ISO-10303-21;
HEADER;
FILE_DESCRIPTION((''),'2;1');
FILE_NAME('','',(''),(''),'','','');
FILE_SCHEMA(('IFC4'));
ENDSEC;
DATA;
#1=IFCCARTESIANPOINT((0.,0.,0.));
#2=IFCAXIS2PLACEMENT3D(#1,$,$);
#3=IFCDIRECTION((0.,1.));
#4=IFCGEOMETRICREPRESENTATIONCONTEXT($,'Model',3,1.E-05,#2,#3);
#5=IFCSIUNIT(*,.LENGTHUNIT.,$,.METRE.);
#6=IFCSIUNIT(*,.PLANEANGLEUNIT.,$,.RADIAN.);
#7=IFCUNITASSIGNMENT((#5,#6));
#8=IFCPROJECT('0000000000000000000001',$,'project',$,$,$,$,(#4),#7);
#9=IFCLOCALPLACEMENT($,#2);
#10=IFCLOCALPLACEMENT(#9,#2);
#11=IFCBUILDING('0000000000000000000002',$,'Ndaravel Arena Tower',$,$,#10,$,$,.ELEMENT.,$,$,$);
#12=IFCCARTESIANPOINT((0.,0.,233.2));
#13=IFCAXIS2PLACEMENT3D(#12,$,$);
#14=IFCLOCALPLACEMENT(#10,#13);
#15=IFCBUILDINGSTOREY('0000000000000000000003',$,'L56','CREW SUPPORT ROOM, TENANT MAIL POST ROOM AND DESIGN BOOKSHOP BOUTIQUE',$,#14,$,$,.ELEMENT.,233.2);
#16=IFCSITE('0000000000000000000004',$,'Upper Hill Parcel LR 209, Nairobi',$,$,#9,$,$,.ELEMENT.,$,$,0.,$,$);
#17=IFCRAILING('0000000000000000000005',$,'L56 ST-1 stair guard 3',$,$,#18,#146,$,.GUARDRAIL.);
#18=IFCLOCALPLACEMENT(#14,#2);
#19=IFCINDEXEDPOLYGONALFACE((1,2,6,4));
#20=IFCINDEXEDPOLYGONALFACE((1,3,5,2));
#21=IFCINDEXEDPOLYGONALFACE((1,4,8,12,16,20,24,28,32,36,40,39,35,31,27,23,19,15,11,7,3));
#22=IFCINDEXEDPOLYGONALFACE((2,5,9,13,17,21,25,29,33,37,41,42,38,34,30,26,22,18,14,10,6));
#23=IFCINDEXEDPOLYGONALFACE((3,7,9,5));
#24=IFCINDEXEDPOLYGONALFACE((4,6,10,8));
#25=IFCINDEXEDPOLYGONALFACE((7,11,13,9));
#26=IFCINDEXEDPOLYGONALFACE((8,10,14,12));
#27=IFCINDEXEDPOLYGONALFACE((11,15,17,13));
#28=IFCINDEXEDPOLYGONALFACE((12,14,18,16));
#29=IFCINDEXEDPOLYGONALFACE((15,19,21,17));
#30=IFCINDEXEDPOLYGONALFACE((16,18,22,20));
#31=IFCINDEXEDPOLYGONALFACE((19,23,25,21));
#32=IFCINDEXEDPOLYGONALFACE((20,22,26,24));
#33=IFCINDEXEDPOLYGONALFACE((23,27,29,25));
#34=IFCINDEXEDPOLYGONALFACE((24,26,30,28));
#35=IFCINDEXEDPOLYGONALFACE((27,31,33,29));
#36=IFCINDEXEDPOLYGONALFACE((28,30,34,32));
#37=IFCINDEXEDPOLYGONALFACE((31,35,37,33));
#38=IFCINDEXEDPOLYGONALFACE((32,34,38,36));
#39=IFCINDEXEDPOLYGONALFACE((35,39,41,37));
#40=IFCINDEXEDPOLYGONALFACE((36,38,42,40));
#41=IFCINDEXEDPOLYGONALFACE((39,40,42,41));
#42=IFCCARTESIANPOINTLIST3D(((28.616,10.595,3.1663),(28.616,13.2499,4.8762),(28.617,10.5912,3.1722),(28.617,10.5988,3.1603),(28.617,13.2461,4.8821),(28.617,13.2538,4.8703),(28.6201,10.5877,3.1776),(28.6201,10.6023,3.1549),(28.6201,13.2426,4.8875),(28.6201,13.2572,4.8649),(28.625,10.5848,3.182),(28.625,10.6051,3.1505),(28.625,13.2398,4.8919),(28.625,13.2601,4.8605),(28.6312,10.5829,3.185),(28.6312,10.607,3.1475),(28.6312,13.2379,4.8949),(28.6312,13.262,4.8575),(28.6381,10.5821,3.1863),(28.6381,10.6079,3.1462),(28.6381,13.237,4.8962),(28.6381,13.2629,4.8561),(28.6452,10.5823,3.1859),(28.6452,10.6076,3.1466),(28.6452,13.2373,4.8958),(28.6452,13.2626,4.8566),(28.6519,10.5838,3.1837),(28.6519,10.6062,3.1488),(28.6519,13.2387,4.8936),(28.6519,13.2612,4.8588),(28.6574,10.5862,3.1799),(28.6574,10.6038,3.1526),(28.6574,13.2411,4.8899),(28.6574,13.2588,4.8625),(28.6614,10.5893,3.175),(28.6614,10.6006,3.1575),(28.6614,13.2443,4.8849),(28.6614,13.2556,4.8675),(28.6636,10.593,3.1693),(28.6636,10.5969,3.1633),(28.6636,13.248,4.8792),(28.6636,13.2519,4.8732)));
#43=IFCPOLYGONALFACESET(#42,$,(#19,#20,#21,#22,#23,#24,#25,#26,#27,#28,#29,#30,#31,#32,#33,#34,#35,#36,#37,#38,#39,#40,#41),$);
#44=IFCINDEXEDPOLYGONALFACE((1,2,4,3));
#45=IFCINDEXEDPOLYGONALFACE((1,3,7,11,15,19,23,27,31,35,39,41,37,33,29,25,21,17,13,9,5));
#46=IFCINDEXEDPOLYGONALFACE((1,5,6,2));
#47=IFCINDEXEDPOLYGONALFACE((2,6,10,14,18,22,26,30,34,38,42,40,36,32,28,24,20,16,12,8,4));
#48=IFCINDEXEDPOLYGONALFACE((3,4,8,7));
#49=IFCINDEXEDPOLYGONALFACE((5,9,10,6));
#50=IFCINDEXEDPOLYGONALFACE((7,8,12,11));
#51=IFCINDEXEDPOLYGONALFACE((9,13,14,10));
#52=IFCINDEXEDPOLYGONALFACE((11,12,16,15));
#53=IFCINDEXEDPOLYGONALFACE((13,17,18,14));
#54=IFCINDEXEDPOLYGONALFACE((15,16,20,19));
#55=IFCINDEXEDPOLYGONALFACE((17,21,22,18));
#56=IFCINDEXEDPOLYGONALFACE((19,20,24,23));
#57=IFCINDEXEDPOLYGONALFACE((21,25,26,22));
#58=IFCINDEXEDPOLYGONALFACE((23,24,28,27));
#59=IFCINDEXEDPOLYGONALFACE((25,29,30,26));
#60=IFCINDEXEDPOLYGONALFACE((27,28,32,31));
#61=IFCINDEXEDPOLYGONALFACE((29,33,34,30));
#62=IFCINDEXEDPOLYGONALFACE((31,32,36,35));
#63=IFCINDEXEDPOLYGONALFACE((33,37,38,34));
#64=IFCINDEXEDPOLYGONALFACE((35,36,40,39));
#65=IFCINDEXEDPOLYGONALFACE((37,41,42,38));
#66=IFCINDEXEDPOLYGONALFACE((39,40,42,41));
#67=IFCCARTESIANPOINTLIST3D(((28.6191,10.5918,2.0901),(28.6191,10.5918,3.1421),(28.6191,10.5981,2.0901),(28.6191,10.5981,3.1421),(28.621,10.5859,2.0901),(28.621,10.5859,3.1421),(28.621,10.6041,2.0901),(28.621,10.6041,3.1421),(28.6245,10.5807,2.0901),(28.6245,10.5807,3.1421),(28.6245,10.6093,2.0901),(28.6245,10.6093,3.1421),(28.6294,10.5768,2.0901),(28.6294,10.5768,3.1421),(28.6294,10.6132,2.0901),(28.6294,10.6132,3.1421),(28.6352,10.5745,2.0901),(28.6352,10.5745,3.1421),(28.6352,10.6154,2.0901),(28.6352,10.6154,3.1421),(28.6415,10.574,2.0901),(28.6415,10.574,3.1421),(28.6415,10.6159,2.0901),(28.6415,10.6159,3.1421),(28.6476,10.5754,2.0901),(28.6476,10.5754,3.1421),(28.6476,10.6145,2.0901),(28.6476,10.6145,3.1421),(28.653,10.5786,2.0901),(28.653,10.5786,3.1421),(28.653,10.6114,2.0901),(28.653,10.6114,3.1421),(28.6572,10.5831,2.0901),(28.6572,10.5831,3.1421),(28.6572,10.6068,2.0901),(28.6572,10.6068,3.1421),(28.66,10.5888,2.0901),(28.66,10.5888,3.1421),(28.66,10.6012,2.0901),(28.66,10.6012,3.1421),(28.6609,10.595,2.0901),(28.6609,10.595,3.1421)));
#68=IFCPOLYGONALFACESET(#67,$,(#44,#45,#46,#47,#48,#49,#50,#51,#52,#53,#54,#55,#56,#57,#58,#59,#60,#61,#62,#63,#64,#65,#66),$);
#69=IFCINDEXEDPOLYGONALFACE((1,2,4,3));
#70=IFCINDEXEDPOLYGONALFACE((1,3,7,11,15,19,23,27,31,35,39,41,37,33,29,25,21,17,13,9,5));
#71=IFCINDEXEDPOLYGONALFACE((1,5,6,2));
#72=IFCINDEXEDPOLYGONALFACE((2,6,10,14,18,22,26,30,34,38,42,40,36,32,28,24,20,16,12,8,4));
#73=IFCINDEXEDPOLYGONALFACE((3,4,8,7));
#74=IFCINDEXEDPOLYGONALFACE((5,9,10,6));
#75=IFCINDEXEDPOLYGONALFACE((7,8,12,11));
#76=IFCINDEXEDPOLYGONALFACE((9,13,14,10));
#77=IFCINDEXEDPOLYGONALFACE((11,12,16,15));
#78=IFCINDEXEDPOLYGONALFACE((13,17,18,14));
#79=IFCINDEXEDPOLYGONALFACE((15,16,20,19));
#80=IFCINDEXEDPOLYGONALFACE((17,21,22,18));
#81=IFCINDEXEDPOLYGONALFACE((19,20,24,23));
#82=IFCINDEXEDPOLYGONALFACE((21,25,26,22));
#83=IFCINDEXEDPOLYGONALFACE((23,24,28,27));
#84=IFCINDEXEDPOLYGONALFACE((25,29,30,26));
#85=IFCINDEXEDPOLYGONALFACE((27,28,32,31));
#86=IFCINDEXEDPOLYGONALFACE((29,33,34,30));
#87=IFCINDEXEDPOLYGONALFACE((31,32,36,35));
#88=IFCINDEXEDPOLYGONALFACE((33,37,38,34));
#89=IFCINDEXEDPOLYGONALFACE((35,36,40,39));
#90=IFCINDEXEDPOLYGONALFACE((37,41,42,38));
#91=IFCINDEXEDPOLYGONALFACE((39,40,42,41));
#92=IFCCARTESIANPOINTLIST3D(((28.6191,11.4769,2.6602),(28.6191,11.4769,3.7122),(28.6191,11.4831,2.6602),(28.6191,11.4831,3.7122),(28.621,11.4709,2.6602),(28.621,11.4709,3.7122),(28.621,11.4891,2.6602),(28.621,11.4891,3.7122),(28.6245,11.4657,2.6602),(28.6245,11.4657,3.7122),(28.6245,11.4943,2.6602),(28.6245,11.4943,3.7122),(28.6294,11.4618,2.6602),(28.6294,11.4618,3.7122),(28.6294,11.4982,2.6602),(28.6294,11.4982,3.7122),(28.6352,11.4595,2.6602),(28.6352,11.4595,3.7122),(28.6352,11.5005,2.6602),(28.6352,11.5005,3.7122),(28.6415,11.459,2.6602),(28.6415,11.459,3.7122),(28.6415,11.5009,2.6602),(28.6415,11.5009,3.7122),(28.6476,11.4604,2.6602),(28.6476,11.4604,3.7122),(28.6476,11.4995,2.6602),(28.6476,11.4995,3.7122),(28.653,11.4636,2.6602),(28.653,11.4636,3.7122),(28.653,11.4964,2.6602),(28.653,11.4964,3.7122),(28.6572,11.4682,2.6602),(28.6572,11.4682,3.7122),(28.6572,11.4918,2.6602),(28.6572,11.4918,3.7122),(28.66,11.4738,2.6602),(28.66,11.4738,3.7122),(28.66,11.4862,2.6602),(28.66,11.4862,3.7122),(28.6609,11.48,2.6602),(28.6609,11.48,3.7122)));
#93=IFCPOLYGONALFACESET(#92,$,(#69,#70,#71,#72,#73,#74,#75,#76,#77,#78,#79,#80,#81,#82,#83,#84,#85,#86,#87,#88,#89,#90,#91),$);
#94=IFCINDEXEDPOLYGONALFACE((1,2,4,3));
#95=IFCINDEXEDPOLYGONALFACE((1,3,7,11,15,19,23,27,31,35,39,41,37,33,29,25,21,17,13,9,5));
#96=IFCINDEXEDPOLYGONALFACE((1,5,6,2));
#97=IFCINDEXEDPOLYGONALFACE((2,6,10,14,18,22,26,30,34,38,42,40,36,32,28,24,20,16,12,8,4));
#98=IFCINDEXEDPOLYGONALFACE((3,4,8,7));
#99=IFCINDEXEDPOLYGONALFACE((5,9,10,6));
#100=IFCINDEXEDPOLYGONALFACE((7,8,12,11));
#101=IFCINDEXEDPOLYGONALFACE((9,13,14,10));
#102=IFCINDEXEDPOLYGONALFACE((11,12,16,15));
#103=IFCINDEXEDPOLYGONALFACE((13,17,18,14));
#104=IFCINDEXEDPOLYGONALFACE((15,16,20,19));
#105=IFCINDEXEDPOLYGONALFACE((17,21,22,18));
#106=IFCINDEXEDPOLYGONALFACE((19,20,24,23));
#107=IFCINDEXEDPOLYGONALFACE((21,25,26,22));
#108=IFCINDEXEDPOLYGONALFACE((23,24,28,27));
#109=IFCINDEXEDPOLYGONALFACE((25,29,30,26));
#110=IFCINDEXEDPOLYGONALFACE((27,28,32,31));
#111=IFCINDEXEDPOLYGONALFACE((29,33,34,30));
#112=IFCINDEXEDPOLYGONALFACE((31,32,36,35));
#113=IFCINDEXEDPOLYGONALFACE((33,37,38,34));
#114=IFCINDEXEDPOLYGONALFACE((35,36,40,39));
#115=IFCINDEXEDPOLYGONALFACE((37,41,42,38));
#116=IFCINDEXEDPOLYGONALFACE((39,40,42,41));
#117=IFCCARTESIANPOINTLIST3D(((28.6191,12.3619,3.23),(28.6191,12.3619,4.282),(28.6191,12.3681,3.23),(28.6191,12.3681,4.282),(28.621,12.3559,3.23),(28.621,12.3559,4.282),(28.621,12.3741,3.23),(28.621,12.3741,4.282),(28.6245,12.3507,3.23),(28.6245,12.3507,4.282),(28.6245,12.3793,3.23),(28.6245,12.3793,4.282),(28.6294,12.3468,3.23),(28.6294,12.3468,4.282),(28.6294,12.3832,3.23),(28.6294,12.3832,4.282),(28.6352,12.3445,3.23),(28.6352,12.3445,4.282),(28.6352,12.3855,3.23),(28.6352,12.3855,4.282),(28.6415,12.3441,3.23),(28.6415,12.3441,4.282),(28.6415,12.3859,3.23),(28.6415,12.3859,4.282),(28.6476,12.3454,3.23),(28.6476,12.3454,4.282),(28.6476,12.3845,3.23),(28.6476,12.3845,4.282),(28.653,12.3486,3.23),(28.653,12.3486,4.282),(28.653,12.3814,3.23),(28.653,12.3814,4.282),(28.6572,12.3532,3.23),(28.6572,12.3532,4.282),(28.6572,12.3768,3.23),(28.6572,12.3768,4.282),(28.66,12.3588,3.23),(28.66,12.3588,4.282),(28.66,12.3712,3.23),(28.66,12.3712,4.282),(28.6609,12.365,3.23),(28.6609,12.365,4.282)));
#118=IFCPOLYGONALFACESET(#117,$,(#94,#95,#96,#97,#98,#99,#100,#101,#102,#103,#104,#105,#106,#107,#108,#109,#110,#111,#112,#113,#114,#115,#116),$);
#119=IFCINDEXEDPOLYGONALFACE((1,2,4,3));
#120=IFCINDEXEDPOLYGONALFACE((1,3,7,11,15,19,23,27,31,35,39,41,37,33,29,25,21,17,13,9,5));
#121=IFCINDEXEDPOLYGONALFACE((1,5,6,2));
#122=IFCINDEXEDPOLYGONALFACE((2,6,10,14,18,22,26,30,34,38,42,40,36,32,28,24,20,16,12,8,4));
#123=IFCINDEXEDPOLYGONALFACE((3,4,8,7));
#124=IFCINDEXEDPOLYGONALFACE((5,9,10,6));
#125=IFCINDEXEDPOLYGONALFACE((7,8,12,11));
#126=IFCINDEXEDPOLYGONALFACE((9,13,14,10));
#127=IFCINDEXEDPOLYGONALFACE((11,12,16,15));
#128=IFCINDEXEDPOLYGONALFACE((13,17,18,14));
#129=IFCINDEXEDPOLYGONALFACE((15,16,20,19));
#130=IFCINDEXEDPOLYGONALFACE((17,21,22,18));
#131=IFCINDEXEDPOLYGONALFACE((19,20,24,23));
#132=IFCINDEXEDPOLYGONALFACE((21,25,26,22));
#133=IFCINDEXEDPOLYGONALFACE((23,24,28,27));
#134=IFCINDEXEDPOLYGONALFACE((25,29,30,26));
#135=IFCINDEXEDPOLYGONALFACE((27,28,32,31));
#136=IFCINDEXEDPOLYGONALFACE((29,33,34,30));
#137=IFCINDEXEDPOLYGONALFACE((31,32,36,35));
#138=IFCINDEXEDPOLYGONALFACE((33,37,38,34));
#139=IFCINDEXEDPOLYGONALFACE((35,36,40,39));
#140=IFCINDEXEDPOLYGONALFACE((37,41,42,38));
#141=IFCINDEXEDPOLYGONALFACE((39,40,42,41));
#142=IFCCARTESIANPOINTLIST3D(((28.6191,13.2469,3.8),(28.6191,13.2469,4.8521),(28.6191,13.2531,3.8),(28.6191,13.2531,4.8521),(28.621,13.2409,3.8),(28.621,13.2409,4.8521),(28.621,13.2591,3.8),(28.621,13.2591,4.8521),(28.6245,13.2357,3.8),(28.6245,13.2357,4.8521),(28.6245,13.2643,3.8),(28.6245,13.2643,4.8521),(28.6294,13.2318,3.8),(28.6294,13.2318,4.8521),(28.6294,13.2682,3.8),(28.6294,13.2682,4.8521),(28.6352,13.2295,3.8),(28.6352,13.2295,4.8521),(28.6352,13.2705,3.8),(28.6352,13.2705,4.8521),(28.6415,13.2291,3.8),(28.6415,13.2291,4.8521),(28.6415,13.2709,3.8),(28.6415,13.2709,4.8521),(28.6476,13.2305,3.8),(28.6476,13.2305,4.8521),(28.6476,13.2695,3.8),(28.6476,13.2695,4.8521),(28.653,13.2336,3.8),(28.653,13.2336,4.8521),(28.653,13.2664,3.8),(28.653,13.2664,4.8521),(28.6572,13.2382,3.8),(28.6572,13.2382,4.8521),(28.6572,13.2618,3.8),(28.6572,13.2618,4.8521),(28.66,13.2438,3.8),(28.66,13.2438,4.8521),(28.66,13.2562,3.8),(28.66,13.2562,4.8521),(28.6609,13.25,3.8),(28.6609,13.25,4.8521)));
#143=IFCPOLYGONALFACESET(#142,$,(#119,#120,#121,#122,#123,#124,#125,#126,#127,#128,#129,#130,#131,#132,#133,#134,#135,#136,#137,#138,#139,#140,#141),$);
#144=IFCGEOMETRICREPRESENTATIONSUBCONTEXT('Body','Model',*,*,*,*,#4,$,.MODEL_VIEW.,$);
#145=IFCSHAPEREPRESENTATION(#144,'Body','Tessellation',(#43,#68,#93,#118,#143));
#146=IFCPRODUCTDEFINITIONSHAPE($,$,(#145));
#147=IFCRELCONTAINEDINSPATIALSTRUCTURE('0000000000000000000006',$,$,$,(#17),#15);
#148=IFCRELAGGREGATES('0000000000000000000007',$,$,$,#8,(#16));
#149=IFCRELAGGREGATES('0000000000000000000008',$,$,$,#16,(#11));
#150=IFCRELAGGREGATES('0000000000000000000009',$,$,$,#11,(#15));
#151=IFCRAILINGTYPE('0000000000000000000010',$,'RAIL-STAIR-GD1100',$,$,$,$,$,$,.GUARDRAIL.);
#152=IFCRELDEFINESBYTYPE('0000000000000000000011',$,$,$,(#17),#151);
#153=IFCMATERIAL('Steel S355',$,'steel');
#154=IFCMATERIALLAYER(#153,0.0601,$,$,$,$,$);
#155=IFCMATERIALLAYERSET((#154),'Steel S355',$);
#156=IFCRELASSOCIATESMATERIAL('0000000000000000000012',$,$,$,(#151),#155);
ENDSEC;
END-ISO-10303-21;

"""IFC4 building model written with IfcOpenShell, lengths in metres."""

from ifc_helpers import new_model, si_unit, direction, frame, origin, origin_2d, place, context, subcontext, project, spatial, circle, extrude, material, layer, layer_set, type_object, element, save


model = new_model("IFC4")

# Units and contexts
model_context = context("Model", 3, precision=1e-05, world=origin(), true_north=direction((0.0, 1.0)))
body_context = subcontext(model_context, "Body", "Model", "MODEL_VIEW")
ifc_project = project(units=[si_unit("LENGTHUNIT", "METRE"), si_unit("PLANEANGLEUNIT", "RADIAN")], contexts=[model_context])

# Site, building, storey
site_placement = place(None, origin())
site = spatial("IfcSite", under=ifc_project, at=site_placement, Name="Upper Hill Parcel LR 209, Nairobi", CompositionType="ELEMENT", RefElevation=0.0)
building_placement = place(site_placement, origin())
building = spatial("IfcBuilding", under=site, at=building_placement, Name="Ndaravel Arena Tower", CompositionType="ELEMENT")
storey_placement = place(building_placement, frame((0.0, 0.0, 233.2)))
storey = spatial("IfcBuildingStorey", under=building, at=storey_placement, Name="L56", Description="CREW SUPPORT ROOM, TENANT MAIL POST ROOM AND DESIGN BOOKSHOP BOUTIQUE", CompositionType="ELEMENT", Elevation=233.2)

# Railing
ifc_material_1 = material(Name="Steel S355", Category="steel")
ifc_layer_1 = layer(ifc_material_1, 0.0601)
ifc_layer_set_1 = layer_set([ifc_layer_1], Name="Steel S355")
railing_type_1 = type_object("IfcRailingType", Name="RAIL-STAIR-GD1100", PredefinedType="GUARDRAIL", material=ifc_layer_set_1)
railing_1_placement = place(storey_placement, frame((28.6399, 10.595, 2.0901)))
element("IfcRailing", 1, at=railing_1_placement, inside=storey, type_object=railing_type_1, Name="L56 ST-1 stair guard 3", PredefinedType="GUARDRAIL", context=body_context, shape_type="SweptSolid", body=[
    extrude(circle(Radius=0.0239, at=origin_2d()), frame((0.0, 0.0, 1.0762), z_axis=(0.0, 0.840724, 0.541465), x_axis=(-1.0, 0.0, 0.0)), (0.0, 0.0, 1.0), 3.158),
    extrude(circle(Radius=0.021, at=origin_2d()), origin(), (0.0, 0.0, 1.0), 1.052),
    extrude(circle(Radius=0.021, at=origin_2d()), frame((0.0, 0.885, 0.5701)), (0.0, 0.0, 1.0), 1.052),
    extrude(circle(Radius=0.021, at=origin_2d()), frame((0.0, 1.77, 1.1399)), (0.0, 0.0, 1.0), 1.052),
    extrude(circle(Radius=0.021, at=origin_2d()), frame((0.0, 2.655, 1.71)), (0.0, 0.0, 1.0), 1.052),
])

save(model, "model.ifc")
